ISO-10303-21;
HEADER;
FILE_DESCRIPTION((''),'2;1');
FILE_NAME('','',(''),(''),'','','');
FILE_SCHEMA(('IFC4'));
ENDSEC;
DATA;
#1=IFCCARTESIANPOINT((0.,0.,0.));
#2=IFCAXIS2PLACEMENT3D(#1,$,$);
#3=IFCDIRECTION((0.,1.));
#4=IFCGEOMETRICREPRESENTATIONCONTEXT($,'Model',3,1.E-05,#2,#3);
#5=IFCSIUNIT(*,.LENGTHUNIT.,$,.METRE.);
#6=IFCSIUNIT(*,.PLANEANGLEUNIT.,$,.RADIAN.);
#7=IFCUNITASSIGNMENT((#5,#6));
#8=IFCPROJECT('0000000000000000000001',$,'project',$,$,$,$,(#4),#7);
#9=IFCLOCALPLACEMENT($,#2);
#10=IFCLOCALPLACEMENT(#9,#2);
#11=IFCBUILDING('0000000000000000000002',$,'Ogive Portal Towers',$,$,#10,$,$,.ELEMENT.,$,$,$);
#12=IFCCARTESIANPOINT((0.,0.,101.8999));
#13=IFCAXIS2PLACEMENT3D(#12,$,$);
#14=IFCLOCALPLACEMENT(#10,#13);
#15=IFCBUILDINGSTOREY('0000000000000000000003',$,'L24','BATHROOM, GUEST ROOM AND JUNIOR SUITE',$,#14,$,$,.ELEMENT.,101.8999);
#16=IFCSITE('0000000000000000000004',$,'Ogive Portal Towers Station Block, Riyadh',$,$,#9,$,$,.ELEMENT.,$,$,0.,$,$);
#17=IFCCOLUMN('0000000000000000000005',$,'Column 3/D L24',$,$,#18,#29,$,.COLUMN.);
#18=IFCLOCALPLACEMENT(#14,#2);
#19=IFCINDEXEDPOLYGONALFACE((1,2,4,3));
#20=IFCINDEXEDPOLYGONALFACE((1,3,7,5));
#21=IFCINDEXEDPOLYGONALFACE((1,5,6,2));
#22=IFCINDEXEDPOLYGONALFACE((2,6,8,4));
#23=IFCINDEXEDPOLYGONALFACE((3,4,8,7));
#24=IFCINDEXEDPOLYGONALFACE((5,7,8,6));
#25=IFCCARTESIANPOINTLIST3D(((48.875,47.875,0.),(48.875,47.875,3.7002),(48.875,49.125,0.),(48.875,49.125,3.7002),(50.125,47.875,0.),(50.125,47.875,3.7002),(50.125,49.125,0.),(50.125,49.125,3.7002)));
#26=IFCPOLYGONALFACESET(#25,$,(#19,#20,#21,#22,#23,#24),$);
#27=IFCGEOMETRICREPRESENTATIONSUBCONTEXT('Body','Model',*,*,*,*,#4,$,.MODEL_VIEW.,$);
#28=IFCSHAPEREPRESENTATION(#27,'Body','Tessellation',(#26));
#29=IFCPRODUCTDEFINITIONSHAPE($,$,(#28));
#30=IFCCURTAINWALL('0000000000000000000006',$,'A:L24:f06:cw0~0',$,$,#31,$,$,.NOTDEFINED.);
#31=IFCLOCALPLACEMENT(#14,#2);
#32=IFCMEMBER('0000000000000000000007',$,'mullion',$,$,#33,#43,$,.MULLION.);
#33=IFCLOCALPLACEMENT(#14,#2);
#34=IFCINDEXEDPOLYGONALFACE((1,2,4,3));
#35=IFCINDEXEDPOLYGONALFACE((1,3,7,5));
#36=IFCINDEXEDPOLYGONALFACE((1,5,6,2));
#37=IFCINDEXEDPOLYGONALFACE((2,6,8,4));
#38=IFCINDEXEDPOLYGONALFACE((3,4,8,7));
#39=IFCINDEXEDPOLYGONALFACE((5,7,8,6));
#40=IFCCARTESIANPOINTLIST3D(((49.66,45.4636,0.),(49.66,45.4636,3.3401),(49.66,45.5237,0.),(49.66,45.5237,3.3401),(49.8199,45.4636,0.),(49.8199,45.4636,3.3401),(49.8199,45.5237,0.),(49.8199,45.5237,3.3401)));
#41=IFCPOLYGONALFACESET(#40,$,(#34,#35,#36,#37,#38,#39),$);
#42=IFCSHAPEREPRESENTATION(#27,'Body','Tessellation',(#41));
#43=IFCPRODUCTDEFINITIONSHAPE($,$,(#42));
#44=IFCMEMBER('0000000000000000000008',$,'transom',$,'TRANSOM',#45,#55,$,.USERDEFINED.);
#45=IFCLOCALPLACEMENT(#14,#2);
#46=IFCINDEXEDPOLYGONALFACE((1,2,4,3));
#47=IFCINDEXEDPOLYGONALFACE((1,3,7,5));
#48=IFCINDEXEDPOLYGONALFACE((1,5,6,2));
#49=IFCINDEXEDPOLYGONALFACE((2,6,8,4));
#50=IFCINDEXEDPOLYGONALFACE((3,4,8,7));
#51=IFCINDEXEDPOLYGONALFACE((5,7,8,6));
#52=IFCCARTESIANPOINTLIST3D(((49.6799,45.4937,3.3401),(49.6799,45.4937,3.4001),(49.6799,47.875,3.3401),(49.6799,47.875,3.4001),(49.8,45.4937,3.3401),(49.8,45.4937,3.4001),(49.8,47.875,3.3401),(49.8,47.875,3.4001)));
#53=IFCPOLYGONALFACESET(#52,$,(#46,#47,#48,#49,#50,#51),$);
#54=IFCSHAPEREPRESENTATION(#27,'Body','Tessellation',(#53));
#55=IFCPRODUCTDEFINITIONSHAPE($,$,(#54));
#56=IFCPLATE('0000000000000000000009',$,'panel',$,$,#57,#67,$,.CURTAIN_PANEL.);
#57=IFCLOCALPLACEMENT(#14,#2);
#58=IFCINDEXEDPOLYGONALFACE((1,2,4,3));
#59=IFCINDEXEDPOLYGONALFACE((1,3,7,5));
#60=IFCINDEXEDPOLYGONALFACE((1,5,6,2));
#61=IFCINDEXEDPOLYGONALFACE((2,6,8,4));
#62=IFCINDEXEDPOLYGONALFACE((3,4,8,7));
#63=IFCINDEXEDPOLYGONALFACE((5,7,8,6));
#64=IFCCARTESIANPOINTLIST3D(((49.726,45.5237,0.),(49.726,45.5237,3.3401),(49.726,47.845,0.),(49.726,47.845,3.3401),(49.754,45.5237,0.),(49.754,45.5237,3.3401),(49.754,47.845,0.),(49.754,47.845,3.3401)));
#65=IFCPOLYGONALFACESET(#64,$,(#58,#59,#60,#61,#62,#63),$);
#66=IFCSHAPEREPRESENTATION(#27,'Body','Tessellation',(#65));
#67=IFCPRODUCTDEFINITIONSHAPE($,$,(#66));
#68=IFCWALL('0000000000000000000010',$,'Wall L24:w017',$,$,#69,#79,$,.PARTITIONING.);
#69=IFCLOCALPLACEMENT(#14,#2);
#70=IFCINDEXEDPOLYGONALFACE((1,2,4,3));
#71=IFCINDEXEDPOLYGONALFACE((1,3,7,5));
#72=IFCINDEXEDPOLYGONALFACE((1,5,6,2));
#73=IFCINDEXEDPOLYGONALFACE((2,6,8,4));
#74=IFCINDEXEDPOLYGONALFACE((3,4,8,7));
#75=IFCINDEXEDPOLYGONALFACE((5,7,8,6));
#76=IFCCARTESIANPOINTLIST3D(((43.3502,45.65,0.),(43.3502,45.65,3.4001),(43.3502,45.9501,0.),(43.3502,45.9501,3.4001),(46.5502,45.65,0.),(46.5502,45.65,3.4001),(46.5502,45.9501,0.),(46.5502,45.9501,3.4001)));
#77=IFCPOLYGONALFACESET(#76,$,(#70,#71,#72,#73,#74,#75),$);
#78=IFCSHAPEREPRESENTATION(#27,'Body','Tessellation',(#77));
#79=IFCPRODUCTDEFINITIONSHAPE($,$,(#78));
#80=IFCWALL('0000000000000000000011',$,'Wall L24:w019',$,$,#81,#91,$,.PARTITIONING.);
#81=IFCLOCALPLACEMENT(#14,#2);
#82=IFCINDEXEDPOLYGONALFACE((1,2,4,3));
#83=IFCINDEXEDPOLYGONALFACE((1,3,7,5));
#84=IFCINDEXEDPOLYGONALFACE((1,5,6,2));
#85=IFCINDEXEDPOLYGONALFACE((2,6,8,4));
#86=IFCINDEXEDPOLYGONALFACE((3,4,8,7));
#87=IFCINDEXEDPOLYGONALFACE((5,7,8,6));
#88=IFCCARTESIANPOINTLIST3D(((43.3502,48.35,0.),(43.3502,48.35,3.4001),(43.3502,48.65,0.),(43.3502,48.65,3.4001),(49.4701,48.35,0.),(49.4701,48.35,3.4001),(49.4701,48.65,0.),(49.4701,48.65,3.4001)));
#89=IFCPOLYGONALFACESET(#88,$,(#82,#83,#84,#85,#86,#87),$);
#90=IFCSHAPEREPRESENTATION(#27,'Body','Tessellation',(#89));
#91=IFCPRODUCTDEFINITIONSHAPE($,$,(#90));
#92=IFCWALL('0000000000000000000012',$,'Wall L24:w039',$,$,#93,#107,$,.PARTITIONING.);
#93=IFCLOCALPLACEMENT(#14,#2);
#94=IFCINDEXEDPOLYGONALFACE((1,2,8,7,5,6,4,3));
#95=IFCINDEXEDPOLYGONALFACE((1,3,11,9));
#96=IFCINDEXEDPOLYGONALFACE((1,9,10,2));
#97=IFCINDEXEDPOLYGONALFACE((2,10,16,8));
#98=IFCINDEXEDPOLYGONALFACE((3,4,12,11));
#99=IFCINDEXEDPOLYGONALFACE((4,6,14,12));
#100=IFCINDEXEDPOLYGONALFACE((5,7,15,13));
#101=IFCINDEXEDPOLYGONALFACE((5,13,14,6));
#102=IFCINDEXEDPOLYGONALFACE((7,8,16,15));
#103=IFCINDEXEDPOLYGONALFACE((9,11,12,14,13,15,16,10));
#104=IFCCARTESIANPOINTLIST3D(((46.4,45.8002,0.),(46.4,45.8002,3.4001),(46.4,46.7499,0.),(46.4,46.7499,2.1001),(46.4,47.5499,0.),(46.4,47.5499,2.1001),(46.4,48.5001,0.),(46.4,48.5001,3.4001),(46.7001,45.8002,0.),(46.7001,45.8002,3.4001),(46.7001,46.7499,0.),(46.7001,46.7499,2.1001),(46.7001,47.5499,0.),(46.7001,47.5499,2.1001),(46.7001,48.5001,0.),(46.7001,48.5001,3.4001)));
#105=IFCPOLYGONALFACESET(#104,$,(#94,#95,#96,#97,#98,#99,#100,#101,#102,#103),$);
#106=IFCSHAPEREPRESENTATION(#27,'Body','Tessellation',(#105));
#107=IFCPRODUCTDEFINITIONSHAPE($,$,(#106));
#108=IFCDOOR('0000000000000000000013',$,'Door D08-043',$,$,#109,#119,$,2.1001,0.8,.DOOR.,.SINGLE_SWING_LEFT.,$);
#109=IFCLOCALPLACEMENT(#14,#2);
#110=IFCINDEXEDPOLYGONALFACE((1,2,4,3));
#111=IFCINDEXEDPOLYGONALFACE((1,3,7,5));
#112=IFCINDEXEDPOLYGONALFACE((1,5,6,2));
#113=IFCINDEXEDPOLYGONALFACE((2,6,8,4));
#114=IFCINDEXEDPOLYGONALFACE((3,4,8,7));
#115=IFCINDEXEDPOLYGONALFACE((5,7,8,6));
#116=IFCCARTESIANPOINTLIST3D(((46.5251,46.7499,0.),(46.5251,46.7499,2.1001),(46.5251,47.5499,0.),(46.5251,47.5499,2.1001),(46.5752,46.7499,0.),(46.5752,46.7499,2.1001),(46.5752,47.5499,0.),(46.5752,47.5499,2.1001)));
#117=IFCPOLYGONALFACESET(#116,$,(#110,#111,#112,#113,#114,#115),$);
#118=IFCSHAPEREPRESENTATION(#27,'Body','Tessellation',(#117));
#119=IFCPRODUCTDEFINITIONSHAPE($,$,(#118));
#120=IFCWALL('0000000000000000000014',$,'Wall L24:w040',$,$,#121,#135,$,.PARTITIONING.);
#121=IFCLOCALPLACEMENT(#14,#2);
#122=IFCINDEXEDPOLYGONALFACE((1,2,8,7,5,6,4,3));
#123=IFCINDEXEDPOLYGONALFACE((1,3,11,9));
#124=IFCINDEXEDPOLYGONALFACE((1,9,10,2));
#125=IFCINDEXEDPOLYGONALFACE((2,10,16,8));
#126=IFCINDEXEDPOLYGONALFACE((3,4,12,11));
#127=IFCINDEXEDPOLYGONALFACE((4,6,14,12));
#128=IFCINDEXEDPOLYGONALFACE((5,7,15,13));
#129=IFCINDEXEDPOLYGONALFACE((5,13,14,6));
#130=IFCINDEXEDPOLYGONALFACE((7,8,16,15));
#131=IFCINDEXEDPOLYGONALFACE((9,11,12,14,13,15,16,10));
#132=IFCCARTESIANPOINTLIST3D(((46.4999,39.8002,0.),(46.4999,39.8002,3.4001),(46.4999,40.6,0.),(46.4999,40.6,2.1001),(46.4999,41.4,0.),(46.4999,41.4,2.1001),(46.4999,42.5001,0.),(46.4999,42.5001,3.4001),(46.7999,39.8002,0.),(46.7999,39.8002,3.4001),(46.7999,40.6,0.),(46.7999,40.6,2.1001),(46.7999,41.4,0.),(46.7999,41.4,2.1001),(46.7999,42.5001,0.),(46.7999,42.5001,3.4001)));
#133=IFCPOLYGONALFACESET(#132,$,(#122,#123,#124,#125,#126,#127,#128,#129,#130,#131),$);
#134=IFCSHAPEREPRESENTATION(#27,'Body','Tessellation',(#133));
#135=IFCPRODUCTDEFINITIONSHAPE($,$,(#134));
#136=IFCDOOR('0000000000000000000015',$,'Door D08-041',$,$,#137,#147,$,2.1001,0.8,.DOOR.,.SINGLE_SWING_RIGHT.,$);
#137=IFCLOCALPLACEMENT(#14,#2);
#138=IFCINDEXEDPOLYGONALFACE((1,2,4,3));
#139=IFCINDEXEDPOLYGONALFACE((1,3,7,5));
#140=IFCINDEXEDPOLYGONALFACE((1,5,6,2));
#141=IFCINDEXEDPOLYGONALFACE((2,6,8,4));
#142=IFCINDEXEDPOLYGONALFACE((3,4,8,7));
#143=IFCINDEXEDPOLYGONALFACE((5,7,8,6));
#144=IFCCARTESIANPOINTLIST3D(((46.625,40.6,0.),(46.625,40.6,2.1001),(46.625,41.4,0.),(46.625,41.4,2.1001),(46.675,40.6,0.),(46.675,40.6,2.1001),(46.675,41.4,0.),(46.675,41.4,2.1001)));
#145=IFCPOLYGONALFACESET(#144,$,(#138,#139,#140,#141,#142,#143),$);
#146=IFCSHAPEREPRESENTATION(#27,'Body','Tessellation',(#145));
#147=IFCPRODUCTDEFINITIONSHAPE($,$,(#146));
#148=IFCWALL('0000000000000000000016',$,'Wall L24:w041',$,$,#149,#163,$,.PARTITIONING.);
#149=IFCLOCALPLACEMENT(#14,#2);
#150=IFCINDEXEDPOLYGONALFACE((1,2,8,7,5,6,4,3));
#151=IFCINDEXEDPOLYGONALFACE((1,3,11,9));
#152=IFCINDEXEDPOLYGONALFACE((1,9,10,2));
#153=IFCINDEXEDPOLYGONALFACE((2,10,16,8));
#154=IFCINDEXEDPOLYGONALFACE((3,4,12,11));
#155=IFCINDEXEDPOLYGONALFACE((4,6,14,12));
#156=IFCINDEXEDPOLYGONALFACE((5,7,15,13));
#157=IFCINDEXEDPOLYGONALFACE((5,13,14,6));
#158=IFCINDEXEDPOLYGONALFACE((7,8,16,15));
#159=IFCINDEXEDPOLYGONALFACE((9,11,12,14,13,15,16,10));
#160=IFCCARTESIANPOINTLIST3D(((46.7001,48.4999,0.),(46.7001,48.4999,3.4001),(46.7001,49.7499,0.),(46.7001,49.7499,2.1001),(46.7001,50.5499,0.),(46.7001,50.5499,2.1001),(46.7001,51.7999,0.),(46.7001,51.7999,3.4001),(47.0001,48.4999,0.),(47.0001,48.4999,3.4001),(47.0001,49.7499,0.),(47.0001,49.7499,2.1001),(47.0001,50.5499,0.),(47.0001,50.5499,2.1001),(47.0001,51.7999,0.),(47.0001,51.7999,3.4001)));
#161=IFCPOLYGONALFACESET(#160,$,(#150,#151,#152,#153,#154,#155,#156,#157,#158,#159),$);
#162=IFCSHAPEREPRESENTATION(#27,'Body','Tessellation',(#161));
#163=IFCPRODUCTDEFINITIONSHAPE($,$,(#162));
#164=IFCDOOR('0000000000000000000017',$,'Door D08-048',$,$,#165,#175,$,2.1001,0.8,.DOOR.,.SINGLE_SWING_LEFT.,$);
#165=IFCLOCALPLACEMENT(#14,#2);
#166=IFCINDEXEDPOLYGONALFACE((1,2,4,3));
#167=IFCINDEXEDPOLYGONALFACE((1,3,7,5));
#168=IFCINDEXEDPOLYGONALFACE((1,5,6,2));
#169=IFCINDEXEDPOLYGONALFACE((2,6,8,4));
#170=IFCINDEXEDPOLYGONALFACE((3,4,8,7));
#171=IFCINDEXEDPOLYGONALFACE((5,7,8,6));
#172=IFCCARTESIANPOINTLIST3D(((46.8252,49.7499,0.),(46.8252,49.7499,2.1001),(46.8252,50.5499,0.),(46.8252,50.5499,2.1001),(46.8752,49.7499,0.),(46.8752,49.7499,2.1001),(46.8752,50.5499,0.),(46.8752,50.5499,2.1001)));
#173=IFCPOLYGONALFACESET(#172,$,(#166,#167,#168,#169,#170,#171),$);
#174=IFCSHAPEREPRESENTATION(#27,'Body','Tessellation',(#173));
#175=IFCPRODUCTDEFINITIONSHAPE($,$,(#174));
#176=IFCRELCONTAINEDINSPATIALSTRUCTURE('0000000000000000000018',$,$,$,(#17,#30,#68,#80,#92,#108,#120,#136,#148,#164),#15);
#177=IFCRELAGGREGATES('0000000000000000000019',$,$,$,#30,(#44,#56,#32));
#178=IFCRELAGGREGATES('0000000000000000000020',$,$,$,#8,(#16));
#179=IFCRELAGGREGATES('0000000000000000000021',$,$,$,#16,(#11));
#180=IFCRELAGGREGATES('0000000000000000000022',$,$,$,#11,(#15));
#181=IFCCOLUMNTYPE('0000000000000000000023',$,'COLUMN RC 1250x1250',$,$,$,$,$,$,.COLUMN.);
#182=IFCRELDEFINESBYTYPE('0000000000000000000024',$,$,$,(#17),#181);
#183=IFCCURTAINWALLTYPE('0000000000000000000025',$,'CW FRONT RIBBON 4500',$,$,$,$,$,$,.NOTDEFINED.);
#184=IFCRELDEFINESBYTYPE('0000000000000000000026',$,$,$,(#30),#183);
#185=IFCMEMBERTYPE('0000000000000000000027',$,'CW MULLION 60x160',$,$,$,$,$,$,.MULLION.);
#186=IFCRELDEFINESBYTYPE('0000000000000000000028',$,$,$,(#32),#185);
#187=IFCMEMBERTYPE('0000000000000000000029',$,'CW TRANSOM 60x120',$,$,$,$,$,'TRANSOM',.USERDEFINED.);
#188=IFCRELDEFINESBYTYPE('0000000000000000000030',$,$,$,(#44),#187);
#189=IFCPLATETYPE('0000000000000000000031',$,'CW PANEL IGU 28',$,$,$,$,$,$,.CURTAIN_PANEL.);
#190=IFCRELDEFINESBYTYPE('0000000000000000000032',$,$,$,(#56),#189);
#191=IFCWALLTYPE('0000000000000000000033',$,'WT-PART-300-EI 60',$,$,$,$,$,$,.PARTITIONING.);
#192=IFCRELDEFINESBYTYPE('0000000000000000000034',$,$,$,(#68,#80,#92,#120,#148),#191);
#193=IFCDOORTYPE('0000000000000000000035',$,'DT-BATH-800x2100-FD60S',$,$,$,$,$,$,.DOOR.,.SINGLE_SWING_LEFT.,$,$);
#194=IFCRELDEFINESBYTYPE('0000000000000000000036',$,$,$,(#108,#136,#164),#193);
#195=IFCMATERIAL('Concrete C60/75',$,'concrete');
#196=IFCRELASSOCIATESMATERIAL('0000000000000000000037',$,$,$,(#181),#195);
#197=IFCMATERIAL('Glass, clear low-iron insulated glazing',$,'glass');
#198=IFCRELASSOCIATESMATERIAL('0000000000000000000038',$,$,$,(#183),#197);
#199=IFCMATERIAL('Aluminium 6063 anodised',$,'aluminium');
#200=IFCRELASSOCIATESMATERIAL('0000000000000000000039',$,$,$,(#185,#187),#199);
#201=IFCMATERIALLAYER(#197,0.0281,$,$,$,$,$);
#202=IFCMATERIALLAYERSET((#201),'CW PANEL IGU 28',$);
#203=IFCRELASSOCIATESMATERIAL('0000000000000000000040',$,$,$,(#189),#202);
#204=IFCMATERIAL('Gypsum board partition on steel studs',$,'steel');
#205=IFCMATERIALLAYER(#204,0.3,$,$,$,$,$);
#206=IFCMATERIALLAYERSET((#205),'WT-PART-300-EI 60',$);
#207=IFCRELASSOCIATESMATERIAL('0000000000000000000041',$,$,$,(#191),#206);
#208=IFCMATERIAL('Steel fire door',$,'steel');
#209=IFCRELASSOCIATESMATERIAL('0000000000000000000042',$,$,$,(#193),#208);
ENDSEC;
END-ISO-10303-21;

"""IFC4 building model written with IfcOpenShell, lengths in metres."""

from ifc_helpers import new_model, si_unit, direction, frame, frame_2d, origin, origin_2d, place, context, subcontext, project, spatial, rectangle, extrude, material, layer, layer_set, material_profile, profile_set, type_object, element, fill, aggregate, save


model = new_model("IFC4")

# Units and contexts
model_context = context("Model", 3, precision=1e-05, world=origin(), true_north=direction((0.0, 1.0)))
body_context = subcontext(model_context, "Body", "Model", "MODEL_VIEW")
ifc_project = project(units=[si_unit("LENGTHUNIT", "METRE"), si_unit("PLANEANGLEUNIT", "RADIAN")], contexts=[model_context])

# Site, building, storey
site_placement = place(None, origin())
site = spatial("IfcSite", under=ifc_project, at=site_placement, Name="Ogive Portal Towers Station Block, Riyadh", CompositionType="ELEMENT", RefElevation=0.0)
building_placement = place(site_placement, origin())
building = spatial("IfcBuilding", under=site, at=building_placement, Name="Ogive Portal Towers", CompositionType="ELEMENT")
storey_placement = place(building_placement, frame((0.0, 0.0, 101.8999)))
storey = spatial("IfcBuildingStorey", under=building, at=storey_placement, Name="L24", Description="BATHROOM, GUEST ROOM AND JUNIOR SUITE", CompositionType="ELEMENT", Elevation=101.8999)

# Column
ifc_material_1 = material(Name="Concrete C60/75", Category="concrete")
ifc_material_profile_1 = material_profile(ifc_material_1, rectangle(XDim=1.25, YDim=1.25, at=origin_2d()), Name="RC 1250x1250")
ifc_profile_set_1 = profile_set([ifc_material_profile_1], Name="Concrete C60/75")
column_type = type_object("IfcColumnType", Name="COLUMN RC 1250x1250", PredefinedType="COLUMN", material=ifc_profile_set_1)
column_placement = place(storey_placement, frame((49.5, 48.5, 0.0), z_axis=(0.0, 0.0, 1.0), x_axis=(1.0, 0.0, 0.0)))
element("IfcColumn", 1, at=column_placement, inside=storey, type_object=column_type, Name="Column 3/D L24", PredefinedType="COLUMN", context=body_context, shape_type="SweptSolid", body=[
    extrude(rectangle(XDim=1.25, YDim=1.25, at=origin_2d()), origin(), (0.0, 0.0, 1.0), 3.7002),
])

# Curtain wall, members, plate
ifc_material_2 = material(Name="Glass, clear low-iron insulated glazing", Category="glass")
curtain_wall_type = type_object("IfcCurtainWallType", Name="CW FRONT RIBBON 4500", PredefinedType="NOTDEFINED", material=ifc_material_2)
curtain_wall_placement = place(storey_placement, origin())
curtain_wall = element("IfcCurtainWall", 2, at=curtain_wall_placement, inside=storey, type_object=curtain_wall_type, Name="A:L24:f06:cw0~0", PredefinedType="NOTDEFINED")
ifc_material_3 = material(Name="Aluminium 6063 anodised", Category="aluminium")
ifc_material_profile_2 = material_profile(ifc_material_3, rectangle(XDim=0.1599, YDim=0.0601, at=origin_2d()), Name="AL 60x160")
ifc_profile_set_2 = profile_set([ifc_material_profile_2], Name="Aluminium 6063 anodised")
member_type_1 = type_object("IfcMemberType", Name="CW MULLION 60x160", PredefinedType="MULLION", material=ifc_profile_set_2)
member_1_placement = place(storey_placement, frame((49.74, 45.4937, 0.0), z_axis=(0.0, 0.0, 1.0), x_axis=(-1.0, 0.0, 0.0)))
member_1 = element("IfcMember", 3, at=member_1_placement, type_object=member_type_1, Name="mullion", PredefinedType="MULLION", context=body_context, shape_type="SweptSolid", body=[
    extrude(rectangle(XDim=0.1599, YDim=0.0601, at=origin_2d()), origin(), (0.0, 0.0, 1.0), 3.3401),
])
ifc_material_profile_3 = material_profile(ifc_material_3, rectangle(XDim=0.1201, YDim=0.0601, at=origin_2d()), Name="AL 120x60")
ifc_profile_set_3 = profile_set([ifc_material_profile_3], Name="Aluminium 6063 anodised")
member_type_2 = type_object("IfcMemberType", Name="CW TRANSOM 60x120", ElementType="TRANSOM", PredefinedType="USERDEFINED", material=ifc_profile_set_3)
member_2_placement = place(storey_placement, frame((49.74, 45.4937, 3.3701), z_axis=(0.0, 1.0, 0.0), x_axis=(-1.0, 0.0, 0.0)))
member_2 = element("IfcMember", 4, at=member_2_placement, type_object=member_type_2, Name="transom", ObjectType="TRANSOM", PredefinedType="USERDEFINED", context=body_context, shape_type="SweptSolid", body=[
    extrude(rectangle(XDim=0.1201, YDim=0.0601, at=origin_2d()), origin(), (0.0, 0.0, 1.0), 2.3813),
])
ifc_layer_1 = layer(ifc_material_2, 0.0281)
ifc_layer_set_1 = layer_set([ifc_layer_1], Name="CW PANEL IGU 28")
plate_type = type_object("IfcPlateType", Name="CW PANEL IGU 28", PredefinedType="CURTAIN_PANEL", material=ifc_layer_set_1)
plate_placement = place(storey_placement, frame((49.74, 46.6843, 0.0), z_axis=(0.0, 0.0, 1.0), x_axis=(0.0, 1.0, 0.0)))
plate = element("IfcPlate", 5, at=plate_placement, type_object=plate_type, Name="panel", PredefinedType="CURTAIN_PANEL", context=body_context, shape_type="SweptSolid", body=[
    extrude(rectangle(XDim=2.3213, YDim=0.0281, at=origin_2d()), origin(), (0.0, 0.0, 1.0), 3.3401),
])
aggregate(curtain_wall, [member_2, plate, member_1])

# Walls
ifc_material_4 = material(Name="Gypsum board partition on steel studs", Category="steel")
ifc_layer_2 = layer(ifc_material_4, 0.3)
ifc_layer_set_2 = layer_set([ifc_layer_2], Name="WT-PART-300-EI 60")
wall_type = type_object("IfcWallType", Name="WT-PART-300-EI 60", PredefinedType="PARTITIONING", material=ifc_layer_set_2)
wall_1_placement = place(storey_placement, frame((43.3501, 45.8, 0.0), z_axis=(0.0, 0.0, 1.0), x_axis=(1.0, 0.0, 0.0)))
element("IfcWall", 6, at=wall_1_placement, inside=storey, type_object=wall_type, Name="Wall L24:w017", PredefinedType="PARTITIONING", context=body_context, shape_type="SweptSolid", body=[
    extrude(rectangle(XDim=3.2, YDim=0.3, at=frame_2d((1.6001, 0.0))), origin(), (0.0, 0.0, 1.0), 3.4001),
])
wall_2_placement = place(storey_placement, frame((43.3501, 48.5, 0.0), z_axis=(0.0, 0.0, 1.0), x_axis=(1.0, 0.0, 0.0)))
element("IfcWall", 7, at=wall_2_placement, inside=storey, type_object=wall_type, Name="Wall L24:w019", PredefinedType="PARTITIONING", context=body_context, shape_type="SweptSolid", body=[
    extrude(rectangle(XDim=6.1199, YDim=0.3, at=frame_2d((3.0601, 0.0))), origin(), (0.0, 0.0, 1.0), 3.4001),
])

# Walls, openings, doors
wall_3_placement = place(storey_placement, frame((46.55, 45.8, 0.0), z_axis=(0.0, 0.0, 1.0), x_axis=(0.0, 1.0, 0.0)))
wall_3 = element("IfcWall", 8, at=wall_3_placement, inside=storey, type_object=wall_type, Name="Wall L24:w039", PredefinedType="PARTITIONING", context=body_context, shape_type="SweptSolid", body=[
    extrude(rectangle(XDim=2.7, YDim=0.3, at=frame_2d((1.3501, 0.0))), origin(), (0.0, 0.0, 1.0), 3.4001),
])
opening_1_placement = place(wall_3_placement, frame((0.95, 0.0, 0.0)))
opening_1 = element("IfcOpeningElement", 9, at=opening_1_placement, cuts=wall_3, PredefinedType="OPENING", context=body_context, shape_type="SweptSolid", body=[
    extrude(rectangle(XDim=0.8, YDim=2.1001, at=frame_2d((0.3999, 1.05))), frame((0.0, 0.1602, 0.0), z_axis=(0.0, -1.0, 0.0), x_axis=(1.0, 0.0, 0.0)), (0.0, 0.0, 1.0), 0.3201),
])
ifc_material_5 = material(Name="Steel fire door", Category="steel")
door_type = type_object("IfcDoorType", Name="DT-BATH-800x2100-FD60S", OperationType="SINGLE_SWING_LEFT", PredefinedType="DOOR", material=ifc_material_5)
door_1_placement = place(opening_1_placement, origin())
door_1 = element("IfcDoor", 10, at=door_1_placement, inside=storey, type_object=door_type, Name="Door D08-043", OperationType="SINGLE_SWING_LEFT", OverallHeight=2.1001, OverallWidth=0.8, PredefinedType="DOOR", context=body_context, shape_type="SweptSolid", body=[
    extrude(rectangle(XDim=0.8, YDim=2.1001, at=frame_2d((0.3999, 1.05))), frame((0.0, 0.0249, 0.0), z_axis=(0.0, -1.0, 0.0), x_axis=(1.0, 0.0, 0.0)), (0.0, 0.0, 1.0), 0.05),
])
fill(opening_1, door_1)
wall_4_placement = place(storey_placement, frame((46.6499, 39.8, 0.0), z_axis=(0.0, 0.0, 1.0), x_axis=(0.0, 1.0, 0.0)))
wall_4 = element("IfcWall", 11, at=wall_4_placement, inside=storey, type_object=wall_type, Name="Wall L24:w040", PredefinedType="PARTITIONING", context=body_context, shape_type="SweptSolid", body=[
    extrude(rectangle(XDim=2.7, YDim=0.3, at=frame_2d((1.3501, 0.0))), origin(), (0.0, 0.0, 1.0), 3.4001),
])
opening_2_placement = place(wall_4_placement, frame((0.8, 0.0, 0.0)))
opening_2 = element("IfcOpeningElement", 12, at=opening_2_placement, cuts=wall_4, PredefinedType="OPENING", context=body_context, shape_type="SweptSolid", body=[
    extrude(rectangle(XDim=0.8, YDim=2.1001, at=frame_2d((0.3999, 1.05))), frame((0.0, 0.1602, 0.0), z_axis=(0.0, -1.0, 0.0), x_axis=(1.0, 0.0, 0.0)), (0.0, 0.0, 1.0), 0.3201),
])
door_2_placement = place(opening_2_placement, origin())
door_2 = element("IfcDoor", 13, at=door_2_placement, inside=storey, type_object=door_type, Name="Door D08-041", OperationType="SINGLE_SWING_RIGHT", OverallHeight=2.1001, OverallWidth=0.8, PredefinedType="DOOR", context=body_context, shape_type="SweptSolid", body=[
    extrude(rectangle(XDim=0.8, YDim=2.1001, at=frame_2d((0.3999, 1.05))), frame((0.0, 0.0249, 0.0), z_axis=(0.0, -1.0, 0.0), x_axis=(1.0, 0.0, 0.0)), (0.0, 0.0, 1.0), 0.05),
])
fill(opening_2, door_2)
wall_5_placement = place(storey_placement, frame((46.8501, 48.5, 0.0), z_axis=(0.0, 0.0, 1.0), x_axis=(0.0, 1.0, 0.0)))
wall_5 = element("IfcWall", 14, at=wall_5_placement, inside=storey, type_object=wall_type, Name="Wall L24:w041", PredefinedType="PARTITIONING", context=body_context, shape_type="SweptSolid", body=[
    extrude(rectangle(XDim=3.3, YDim=0.3, at=frame_2d((1.6499, 0.0))), origin(), (0.0, 0.0, 1.0), 3.4001),
])
opening_3_placement = place(wall_5_placement, frame((1.25, 0.0, 0.0)))
opening_3 = element("IfcOpeningElement", 15, at=opening_3_placement, cuts=wall_5, PredefinedType="OPENING", context=body_context, shape_type="SweptSolid", body=[
    extrude(rectangle(XDim=0.8, YDim=2.1001, at=frame_2d((0.3999, 1.05))), frame((0.0, 0.1602, 0.0), z_axis=(0.0, -1.0, 0.0), x_axis=(1.0, 0.0, 0.0)), (0.0, 0.0, 1.0), 0.3201),
])
door_3_placement = place(opening_3_placement, origin())
door_3 = element("IfcDoor", 16, at=door_3_placement, inside=storey, type_object=door_type, Name="Door D08-048", OperationType="SINGLE_SWING_LEFT", OverallHeight=2.1001, OverallWidth=0.8, PredefinedType="DOOR", context=body_context, shape_type="SweptSolid", body=[
    extrude(rectangle(XDim=0.8, YDim=2.1001, at=frame_2d((0.3999, 1.05))), frame((0.0, 0.0249, 0.0), z_axis=(0.0, -1.0, 0.0), x_axis=(1.0, 0.0, 0.0)), (0.0, 0.0, 1.0), 0.05),
])
fill(opening_3, door_3)

save(model, "model.ifc")
